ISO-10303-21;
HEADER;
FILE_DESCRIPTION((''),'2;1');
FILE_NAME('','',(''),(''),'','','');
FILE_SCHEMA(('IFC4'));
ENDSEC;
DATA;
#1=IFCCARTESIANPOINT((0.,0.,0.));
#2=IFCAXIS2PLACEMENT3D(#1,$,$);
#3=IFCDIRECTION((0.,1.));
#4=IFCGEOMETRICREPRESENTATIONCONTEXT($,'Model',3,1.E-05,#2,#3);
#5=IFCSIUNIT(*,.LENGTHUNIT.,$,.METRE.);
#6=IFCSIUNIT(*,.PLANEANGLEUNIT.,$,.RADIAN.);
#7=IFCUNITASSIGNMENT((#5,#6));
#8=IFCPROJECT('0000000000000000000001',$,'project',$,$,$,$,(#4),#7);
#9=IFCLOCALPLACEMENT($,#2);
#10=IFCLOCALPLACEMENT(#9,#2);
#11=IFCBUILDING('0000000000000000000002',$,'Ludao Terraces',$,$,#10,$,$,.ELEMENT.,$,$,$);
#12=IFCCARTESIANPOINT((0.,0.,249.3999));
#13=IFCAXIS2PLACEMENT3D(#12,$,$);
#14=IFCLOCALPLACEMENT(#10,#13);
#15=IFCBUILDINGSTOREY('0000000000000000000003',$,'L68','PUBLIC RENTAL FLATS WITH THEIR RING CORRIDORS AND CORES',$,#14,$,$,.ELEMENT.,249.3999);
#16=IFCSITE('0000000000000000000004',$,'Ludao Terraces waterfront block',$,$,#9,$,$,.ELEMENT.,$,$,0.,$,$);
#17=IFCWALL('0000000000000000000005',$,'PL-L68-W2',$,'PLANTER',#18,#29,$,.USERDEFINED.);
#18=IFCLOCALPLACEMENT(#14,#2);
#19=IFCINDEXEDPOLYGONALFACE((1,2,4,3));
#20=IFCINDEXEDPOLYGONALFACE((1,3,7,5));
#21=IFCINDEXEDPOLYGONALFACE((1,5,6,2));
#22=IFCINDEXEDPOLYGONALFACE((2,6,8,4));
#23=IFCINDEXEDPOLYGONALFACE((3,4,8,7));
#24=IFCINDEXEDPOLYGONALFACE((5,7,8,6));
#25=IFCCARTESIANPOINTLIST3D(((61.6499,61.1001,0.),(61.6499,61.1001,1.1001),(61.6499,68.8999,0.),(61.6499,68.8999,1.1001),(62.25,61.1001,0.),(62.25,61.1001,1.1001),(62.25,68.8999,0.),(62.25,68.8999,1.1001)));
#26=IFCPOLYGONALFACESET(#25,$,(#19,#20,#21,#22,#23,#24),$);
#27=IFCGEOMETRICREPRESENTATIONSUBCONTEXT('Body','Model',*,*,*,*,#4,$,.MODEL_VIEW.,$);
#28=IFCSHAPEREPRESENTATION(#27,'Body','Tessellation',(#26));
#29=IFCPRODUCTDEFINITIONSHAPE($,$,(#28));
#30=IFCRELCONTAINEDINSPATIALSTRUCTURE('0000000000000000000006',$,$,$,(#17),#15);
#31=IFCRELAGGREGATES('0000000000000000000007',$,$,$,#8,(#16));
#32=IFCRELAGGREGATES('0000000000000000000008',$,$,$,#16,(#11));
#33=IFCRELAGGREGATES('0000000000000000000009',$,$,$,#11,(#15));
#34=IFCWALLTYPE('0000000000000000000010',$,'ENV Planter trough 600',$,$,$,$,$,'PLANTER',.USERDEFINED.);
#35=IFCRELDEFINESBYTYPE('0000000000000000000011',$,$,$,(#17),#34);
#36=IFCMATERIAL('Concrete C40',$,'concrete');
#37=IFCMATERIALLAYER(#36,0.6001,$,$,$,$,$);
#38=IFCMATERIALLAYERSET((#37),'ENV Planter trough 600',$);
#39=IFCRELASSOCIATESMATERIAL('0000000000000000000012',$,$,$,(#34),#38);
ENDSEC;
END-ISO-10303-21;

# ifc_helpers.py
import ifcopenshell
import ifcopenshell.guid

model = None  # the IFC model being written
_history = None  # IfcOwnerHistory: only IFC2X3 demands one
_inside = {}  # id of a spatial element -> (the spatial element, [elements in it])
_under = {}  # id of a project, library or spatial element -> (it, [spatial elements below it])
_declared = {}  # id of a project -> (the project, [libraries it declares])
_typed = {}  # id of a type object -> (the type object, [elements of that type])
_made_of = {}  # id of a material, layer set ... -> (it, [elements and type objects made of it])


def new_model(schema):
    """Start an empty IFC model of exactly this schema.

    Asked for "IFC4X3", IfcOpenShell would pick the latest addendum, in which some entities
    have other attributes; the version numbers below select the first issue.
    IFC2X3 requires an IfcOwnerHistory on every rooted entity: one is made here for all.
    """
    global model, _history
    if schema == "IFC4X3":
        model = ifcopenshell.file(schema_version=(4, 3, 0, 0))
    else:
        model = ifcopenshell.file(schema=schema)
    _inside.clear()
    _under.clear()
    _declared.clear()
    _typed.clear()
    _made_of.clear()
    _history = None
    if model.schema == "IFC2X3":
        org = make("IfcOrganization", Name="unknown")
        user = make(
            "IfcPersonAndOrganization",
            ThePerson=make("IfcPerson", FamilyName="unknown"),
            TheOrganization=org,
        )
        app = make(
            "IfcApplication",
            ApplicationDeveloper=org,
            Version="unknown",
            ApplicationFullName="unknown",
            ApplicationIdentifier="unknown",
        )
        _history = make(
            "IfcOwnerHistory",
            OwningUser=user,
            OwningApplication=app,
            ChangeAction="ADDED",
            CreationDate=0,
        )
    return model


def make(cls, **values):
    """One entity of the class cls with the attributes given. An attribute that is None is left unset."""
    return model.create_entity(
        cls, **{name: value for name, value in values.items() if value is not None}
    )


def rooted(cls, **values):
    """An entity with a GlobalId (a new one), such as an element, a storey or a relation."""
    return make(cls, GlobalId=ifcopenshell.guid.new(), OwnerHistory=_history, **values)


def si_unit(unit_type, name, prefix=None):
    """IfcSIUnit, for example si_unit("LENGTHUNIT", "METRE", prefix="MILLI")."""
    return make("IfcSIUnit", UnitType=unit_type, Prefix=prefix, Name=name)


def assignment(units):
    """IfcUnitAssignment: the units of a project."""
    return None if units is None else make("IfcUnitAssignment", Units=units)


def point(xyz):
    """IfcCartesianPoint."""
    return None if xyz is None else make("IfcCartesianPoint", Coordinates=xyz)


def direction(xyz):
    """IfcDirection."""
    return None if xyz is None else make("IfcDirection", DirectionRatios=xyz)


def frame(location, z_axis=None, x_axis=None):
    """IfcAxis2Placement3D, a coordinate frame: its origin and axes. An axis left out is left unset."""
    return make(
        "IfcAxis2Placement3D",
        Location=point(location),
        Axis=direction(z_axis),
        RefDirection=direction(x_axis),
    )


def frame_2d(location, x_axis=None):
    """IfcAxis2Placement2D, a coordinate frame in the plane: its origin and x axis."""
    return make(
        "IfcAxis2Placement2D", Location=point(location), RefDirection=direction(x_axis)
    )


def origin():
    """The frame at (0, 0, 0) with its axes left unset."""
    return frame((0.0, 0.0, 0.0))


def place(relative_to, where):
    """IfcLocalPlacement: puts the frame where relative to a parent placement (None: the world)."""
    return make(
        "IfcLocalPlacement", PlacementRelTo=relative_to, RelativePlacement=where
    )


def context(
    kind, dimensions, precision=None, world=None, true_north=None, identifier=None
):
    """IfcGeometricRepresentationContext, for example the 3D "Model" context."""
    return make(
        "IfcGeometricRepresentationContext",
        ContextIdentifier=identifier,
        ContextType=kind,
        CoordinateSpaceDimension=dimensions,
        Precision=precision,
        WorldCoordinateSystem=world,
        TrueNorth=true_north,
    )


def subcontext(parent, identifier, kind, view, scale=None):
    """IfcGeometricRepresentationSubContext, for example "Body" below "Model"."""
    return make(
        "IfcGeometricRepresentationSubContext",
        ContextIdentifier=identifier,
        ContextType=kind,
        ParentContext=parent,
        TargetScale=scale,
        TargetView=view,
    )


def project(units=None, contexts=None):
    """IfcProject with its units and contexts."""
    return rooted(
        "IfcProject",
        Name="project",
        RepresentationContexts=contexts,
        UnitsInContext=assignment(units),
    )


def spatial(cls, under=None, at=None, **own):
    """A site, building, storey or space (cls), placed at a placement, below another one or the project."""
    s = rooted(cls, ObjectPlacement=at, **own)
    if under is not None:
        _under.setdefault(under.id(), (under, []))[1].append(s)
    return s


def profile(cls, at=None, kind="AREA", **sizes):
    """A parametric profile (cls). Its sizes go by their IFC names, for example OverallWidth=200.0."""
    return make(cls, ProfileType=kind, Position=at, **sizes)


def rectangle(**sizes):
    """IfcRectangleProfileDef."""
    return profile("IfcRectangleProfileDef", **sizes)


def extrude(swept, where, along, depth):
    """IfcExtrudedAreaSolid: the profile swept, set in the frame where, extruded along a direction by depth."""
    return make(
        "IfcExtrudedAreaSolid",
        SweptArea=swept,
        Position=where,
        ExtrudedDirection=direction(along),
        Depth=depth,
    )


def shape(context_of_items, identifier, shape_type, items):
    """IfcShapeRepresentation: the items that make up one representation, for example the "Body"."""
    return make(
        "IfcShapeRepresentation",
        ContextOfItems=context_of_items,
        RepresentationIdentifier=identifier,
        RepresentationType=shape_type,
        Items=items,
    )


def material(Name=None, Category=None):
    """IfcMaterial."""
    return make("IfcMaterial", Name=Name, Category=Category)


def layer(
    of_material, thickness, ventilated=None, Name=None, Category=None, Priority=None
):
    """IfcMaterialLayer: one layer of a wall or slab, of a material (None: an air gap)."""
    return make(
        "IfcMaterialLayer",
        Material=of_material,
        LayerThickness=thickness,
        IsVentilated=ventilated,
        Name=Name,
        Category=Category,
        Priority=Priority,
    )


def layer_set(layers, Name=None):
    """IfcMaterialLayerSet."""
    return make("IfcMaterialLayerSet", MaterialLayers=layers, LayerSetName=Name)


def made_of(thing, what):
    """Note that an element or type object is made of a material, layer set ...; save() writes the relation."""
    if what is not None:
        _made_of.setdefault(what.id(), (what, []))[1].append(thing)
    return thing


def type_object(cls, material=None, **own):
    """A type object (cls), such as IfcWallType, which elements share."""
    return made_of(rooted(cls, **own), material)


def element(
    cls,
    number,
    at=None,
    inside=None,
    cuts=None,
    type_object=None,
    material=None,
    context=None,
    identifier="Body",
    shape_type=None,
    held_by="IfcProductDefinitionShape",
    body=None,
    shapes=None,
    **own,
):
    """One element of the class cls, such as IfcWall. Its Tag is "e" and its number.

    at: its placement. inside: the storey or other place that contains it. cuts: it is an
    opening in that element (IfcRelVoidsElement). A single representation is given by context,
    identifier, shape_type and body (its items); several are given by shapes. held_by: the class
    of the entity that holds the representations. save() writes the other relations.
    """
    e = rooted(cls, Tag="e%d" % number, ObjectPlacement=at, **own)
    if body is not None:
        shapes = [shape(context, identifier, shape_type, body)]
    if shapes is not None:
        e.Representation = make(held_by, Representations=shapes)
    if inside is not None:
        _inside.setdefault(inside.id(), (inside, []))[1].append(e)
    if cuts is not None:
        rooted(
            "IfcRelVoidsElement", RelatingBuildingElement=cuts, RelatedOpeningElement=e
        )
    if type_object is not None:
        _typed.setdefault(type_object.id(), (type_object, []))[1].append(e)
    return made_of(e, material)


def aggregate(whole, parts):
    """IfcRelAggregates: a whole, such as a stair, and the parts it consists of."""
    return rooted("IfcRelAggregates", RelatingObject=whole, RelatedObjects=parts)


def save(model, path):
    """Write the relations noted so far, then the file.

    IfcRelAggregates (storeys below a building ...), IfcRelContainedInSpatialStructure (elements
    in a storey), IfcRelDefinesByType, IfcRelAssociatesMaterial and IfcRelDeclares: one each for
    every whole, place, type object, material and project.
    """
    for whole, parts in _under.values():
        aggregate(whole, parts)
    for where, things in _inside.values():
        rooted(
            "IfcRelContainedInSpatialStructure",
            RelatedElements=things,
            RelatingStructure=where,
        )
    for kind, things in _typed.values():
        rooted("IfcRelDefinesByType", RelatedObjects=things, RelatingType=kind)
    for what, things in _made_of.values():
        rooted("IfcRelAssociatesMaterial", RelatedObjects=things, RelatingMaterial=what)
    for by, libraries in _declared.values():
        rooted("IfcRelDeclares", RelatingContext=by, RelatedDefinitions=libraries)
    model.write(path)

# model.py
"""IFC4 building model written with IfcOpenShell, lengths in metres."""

from ifc_helpers import new_model, si_unit, direction, frame, frame_2d, origin, place, context, subcontext, project, spatial, rectangle, extrude, material, layer, layer_set, type_object, element, save


model = new_model("IFC4")

# Units and contexts
model_context = context("Model", 3, precision=1e-05, world=origin(), true_north=direction((0.0, 1.0)))
body_context = subcontext(model_context, "Body", "Model", "MODEL_VIEW")
ifc_project = project(units=[si_unit("LENGTHUNIT", "METRE"), si_unit("PLANEANGLEUNIT", "RADIAN")], contexts=[model_context])

# Site, building, storey
site_placement = place(None, origin())
site = spatial("IfcSite", under=ifc_project, at=site_placement, Name="Ludao Terraces waterfront block", CompositionType="ELEMENT", RefElevation=0.0)
building_placement = place(site_placement, origin())
building = spatial("IfcBuilding", under=site, at=building_placement, Name="Ludao Terraces", CompositionType="ELEMENT")
storey_placement = place(building_placement, frame((0.0, 0.0, 249.3999)))
storey = spatial("IfcBuildingStorey", under=building, at=storey_placement, Name="L68", Description="PUBLIC RENTAL FLATS WITH THEIR RING CORRIDORS AND CORES", CompositionType="ELEMENT", Elevation=249.3999)

# Shared definitions
ifc_material_1 = material(Name="Concrete C40", Category="concrete")

# Wall
ifc_layer_1 = layer(ifc_material_1, 0.6001)
ifc_layer_set_1 = layer_set([ifc_layer_1], Name="ENV Planter trough 600")
wall_type = type_object("IfcWallType", Name="ENV Planter trough 600", ElementType="PLANTER", PredefinedType="USERDEFINED", material=ifc_layer_set_1)
wall_1_placement = place(storey_placement, frame((61.95, 61.1001, 0.0), z_axis=(0.0, 0.0, 1.0), x_axis=(0.0, 1.0, 0.0)))
element("IfcWall", 1, at=wall_1_placement, inside=storey, type_object=wall_type, Name="PL-L68-W2", ObjectType="PLANTER", PredefinedType="USERDEFINED", context=body_context, shape_type="SweptSolid", body=[
    extrude(rectangle(XDim=7.7998, YDim=0.6001, at=frame_2d((3.8999, 0.0))), origin(), (0.0, 0.0, 1.0), 1.1001),
])

save(model, "model.ifc")
